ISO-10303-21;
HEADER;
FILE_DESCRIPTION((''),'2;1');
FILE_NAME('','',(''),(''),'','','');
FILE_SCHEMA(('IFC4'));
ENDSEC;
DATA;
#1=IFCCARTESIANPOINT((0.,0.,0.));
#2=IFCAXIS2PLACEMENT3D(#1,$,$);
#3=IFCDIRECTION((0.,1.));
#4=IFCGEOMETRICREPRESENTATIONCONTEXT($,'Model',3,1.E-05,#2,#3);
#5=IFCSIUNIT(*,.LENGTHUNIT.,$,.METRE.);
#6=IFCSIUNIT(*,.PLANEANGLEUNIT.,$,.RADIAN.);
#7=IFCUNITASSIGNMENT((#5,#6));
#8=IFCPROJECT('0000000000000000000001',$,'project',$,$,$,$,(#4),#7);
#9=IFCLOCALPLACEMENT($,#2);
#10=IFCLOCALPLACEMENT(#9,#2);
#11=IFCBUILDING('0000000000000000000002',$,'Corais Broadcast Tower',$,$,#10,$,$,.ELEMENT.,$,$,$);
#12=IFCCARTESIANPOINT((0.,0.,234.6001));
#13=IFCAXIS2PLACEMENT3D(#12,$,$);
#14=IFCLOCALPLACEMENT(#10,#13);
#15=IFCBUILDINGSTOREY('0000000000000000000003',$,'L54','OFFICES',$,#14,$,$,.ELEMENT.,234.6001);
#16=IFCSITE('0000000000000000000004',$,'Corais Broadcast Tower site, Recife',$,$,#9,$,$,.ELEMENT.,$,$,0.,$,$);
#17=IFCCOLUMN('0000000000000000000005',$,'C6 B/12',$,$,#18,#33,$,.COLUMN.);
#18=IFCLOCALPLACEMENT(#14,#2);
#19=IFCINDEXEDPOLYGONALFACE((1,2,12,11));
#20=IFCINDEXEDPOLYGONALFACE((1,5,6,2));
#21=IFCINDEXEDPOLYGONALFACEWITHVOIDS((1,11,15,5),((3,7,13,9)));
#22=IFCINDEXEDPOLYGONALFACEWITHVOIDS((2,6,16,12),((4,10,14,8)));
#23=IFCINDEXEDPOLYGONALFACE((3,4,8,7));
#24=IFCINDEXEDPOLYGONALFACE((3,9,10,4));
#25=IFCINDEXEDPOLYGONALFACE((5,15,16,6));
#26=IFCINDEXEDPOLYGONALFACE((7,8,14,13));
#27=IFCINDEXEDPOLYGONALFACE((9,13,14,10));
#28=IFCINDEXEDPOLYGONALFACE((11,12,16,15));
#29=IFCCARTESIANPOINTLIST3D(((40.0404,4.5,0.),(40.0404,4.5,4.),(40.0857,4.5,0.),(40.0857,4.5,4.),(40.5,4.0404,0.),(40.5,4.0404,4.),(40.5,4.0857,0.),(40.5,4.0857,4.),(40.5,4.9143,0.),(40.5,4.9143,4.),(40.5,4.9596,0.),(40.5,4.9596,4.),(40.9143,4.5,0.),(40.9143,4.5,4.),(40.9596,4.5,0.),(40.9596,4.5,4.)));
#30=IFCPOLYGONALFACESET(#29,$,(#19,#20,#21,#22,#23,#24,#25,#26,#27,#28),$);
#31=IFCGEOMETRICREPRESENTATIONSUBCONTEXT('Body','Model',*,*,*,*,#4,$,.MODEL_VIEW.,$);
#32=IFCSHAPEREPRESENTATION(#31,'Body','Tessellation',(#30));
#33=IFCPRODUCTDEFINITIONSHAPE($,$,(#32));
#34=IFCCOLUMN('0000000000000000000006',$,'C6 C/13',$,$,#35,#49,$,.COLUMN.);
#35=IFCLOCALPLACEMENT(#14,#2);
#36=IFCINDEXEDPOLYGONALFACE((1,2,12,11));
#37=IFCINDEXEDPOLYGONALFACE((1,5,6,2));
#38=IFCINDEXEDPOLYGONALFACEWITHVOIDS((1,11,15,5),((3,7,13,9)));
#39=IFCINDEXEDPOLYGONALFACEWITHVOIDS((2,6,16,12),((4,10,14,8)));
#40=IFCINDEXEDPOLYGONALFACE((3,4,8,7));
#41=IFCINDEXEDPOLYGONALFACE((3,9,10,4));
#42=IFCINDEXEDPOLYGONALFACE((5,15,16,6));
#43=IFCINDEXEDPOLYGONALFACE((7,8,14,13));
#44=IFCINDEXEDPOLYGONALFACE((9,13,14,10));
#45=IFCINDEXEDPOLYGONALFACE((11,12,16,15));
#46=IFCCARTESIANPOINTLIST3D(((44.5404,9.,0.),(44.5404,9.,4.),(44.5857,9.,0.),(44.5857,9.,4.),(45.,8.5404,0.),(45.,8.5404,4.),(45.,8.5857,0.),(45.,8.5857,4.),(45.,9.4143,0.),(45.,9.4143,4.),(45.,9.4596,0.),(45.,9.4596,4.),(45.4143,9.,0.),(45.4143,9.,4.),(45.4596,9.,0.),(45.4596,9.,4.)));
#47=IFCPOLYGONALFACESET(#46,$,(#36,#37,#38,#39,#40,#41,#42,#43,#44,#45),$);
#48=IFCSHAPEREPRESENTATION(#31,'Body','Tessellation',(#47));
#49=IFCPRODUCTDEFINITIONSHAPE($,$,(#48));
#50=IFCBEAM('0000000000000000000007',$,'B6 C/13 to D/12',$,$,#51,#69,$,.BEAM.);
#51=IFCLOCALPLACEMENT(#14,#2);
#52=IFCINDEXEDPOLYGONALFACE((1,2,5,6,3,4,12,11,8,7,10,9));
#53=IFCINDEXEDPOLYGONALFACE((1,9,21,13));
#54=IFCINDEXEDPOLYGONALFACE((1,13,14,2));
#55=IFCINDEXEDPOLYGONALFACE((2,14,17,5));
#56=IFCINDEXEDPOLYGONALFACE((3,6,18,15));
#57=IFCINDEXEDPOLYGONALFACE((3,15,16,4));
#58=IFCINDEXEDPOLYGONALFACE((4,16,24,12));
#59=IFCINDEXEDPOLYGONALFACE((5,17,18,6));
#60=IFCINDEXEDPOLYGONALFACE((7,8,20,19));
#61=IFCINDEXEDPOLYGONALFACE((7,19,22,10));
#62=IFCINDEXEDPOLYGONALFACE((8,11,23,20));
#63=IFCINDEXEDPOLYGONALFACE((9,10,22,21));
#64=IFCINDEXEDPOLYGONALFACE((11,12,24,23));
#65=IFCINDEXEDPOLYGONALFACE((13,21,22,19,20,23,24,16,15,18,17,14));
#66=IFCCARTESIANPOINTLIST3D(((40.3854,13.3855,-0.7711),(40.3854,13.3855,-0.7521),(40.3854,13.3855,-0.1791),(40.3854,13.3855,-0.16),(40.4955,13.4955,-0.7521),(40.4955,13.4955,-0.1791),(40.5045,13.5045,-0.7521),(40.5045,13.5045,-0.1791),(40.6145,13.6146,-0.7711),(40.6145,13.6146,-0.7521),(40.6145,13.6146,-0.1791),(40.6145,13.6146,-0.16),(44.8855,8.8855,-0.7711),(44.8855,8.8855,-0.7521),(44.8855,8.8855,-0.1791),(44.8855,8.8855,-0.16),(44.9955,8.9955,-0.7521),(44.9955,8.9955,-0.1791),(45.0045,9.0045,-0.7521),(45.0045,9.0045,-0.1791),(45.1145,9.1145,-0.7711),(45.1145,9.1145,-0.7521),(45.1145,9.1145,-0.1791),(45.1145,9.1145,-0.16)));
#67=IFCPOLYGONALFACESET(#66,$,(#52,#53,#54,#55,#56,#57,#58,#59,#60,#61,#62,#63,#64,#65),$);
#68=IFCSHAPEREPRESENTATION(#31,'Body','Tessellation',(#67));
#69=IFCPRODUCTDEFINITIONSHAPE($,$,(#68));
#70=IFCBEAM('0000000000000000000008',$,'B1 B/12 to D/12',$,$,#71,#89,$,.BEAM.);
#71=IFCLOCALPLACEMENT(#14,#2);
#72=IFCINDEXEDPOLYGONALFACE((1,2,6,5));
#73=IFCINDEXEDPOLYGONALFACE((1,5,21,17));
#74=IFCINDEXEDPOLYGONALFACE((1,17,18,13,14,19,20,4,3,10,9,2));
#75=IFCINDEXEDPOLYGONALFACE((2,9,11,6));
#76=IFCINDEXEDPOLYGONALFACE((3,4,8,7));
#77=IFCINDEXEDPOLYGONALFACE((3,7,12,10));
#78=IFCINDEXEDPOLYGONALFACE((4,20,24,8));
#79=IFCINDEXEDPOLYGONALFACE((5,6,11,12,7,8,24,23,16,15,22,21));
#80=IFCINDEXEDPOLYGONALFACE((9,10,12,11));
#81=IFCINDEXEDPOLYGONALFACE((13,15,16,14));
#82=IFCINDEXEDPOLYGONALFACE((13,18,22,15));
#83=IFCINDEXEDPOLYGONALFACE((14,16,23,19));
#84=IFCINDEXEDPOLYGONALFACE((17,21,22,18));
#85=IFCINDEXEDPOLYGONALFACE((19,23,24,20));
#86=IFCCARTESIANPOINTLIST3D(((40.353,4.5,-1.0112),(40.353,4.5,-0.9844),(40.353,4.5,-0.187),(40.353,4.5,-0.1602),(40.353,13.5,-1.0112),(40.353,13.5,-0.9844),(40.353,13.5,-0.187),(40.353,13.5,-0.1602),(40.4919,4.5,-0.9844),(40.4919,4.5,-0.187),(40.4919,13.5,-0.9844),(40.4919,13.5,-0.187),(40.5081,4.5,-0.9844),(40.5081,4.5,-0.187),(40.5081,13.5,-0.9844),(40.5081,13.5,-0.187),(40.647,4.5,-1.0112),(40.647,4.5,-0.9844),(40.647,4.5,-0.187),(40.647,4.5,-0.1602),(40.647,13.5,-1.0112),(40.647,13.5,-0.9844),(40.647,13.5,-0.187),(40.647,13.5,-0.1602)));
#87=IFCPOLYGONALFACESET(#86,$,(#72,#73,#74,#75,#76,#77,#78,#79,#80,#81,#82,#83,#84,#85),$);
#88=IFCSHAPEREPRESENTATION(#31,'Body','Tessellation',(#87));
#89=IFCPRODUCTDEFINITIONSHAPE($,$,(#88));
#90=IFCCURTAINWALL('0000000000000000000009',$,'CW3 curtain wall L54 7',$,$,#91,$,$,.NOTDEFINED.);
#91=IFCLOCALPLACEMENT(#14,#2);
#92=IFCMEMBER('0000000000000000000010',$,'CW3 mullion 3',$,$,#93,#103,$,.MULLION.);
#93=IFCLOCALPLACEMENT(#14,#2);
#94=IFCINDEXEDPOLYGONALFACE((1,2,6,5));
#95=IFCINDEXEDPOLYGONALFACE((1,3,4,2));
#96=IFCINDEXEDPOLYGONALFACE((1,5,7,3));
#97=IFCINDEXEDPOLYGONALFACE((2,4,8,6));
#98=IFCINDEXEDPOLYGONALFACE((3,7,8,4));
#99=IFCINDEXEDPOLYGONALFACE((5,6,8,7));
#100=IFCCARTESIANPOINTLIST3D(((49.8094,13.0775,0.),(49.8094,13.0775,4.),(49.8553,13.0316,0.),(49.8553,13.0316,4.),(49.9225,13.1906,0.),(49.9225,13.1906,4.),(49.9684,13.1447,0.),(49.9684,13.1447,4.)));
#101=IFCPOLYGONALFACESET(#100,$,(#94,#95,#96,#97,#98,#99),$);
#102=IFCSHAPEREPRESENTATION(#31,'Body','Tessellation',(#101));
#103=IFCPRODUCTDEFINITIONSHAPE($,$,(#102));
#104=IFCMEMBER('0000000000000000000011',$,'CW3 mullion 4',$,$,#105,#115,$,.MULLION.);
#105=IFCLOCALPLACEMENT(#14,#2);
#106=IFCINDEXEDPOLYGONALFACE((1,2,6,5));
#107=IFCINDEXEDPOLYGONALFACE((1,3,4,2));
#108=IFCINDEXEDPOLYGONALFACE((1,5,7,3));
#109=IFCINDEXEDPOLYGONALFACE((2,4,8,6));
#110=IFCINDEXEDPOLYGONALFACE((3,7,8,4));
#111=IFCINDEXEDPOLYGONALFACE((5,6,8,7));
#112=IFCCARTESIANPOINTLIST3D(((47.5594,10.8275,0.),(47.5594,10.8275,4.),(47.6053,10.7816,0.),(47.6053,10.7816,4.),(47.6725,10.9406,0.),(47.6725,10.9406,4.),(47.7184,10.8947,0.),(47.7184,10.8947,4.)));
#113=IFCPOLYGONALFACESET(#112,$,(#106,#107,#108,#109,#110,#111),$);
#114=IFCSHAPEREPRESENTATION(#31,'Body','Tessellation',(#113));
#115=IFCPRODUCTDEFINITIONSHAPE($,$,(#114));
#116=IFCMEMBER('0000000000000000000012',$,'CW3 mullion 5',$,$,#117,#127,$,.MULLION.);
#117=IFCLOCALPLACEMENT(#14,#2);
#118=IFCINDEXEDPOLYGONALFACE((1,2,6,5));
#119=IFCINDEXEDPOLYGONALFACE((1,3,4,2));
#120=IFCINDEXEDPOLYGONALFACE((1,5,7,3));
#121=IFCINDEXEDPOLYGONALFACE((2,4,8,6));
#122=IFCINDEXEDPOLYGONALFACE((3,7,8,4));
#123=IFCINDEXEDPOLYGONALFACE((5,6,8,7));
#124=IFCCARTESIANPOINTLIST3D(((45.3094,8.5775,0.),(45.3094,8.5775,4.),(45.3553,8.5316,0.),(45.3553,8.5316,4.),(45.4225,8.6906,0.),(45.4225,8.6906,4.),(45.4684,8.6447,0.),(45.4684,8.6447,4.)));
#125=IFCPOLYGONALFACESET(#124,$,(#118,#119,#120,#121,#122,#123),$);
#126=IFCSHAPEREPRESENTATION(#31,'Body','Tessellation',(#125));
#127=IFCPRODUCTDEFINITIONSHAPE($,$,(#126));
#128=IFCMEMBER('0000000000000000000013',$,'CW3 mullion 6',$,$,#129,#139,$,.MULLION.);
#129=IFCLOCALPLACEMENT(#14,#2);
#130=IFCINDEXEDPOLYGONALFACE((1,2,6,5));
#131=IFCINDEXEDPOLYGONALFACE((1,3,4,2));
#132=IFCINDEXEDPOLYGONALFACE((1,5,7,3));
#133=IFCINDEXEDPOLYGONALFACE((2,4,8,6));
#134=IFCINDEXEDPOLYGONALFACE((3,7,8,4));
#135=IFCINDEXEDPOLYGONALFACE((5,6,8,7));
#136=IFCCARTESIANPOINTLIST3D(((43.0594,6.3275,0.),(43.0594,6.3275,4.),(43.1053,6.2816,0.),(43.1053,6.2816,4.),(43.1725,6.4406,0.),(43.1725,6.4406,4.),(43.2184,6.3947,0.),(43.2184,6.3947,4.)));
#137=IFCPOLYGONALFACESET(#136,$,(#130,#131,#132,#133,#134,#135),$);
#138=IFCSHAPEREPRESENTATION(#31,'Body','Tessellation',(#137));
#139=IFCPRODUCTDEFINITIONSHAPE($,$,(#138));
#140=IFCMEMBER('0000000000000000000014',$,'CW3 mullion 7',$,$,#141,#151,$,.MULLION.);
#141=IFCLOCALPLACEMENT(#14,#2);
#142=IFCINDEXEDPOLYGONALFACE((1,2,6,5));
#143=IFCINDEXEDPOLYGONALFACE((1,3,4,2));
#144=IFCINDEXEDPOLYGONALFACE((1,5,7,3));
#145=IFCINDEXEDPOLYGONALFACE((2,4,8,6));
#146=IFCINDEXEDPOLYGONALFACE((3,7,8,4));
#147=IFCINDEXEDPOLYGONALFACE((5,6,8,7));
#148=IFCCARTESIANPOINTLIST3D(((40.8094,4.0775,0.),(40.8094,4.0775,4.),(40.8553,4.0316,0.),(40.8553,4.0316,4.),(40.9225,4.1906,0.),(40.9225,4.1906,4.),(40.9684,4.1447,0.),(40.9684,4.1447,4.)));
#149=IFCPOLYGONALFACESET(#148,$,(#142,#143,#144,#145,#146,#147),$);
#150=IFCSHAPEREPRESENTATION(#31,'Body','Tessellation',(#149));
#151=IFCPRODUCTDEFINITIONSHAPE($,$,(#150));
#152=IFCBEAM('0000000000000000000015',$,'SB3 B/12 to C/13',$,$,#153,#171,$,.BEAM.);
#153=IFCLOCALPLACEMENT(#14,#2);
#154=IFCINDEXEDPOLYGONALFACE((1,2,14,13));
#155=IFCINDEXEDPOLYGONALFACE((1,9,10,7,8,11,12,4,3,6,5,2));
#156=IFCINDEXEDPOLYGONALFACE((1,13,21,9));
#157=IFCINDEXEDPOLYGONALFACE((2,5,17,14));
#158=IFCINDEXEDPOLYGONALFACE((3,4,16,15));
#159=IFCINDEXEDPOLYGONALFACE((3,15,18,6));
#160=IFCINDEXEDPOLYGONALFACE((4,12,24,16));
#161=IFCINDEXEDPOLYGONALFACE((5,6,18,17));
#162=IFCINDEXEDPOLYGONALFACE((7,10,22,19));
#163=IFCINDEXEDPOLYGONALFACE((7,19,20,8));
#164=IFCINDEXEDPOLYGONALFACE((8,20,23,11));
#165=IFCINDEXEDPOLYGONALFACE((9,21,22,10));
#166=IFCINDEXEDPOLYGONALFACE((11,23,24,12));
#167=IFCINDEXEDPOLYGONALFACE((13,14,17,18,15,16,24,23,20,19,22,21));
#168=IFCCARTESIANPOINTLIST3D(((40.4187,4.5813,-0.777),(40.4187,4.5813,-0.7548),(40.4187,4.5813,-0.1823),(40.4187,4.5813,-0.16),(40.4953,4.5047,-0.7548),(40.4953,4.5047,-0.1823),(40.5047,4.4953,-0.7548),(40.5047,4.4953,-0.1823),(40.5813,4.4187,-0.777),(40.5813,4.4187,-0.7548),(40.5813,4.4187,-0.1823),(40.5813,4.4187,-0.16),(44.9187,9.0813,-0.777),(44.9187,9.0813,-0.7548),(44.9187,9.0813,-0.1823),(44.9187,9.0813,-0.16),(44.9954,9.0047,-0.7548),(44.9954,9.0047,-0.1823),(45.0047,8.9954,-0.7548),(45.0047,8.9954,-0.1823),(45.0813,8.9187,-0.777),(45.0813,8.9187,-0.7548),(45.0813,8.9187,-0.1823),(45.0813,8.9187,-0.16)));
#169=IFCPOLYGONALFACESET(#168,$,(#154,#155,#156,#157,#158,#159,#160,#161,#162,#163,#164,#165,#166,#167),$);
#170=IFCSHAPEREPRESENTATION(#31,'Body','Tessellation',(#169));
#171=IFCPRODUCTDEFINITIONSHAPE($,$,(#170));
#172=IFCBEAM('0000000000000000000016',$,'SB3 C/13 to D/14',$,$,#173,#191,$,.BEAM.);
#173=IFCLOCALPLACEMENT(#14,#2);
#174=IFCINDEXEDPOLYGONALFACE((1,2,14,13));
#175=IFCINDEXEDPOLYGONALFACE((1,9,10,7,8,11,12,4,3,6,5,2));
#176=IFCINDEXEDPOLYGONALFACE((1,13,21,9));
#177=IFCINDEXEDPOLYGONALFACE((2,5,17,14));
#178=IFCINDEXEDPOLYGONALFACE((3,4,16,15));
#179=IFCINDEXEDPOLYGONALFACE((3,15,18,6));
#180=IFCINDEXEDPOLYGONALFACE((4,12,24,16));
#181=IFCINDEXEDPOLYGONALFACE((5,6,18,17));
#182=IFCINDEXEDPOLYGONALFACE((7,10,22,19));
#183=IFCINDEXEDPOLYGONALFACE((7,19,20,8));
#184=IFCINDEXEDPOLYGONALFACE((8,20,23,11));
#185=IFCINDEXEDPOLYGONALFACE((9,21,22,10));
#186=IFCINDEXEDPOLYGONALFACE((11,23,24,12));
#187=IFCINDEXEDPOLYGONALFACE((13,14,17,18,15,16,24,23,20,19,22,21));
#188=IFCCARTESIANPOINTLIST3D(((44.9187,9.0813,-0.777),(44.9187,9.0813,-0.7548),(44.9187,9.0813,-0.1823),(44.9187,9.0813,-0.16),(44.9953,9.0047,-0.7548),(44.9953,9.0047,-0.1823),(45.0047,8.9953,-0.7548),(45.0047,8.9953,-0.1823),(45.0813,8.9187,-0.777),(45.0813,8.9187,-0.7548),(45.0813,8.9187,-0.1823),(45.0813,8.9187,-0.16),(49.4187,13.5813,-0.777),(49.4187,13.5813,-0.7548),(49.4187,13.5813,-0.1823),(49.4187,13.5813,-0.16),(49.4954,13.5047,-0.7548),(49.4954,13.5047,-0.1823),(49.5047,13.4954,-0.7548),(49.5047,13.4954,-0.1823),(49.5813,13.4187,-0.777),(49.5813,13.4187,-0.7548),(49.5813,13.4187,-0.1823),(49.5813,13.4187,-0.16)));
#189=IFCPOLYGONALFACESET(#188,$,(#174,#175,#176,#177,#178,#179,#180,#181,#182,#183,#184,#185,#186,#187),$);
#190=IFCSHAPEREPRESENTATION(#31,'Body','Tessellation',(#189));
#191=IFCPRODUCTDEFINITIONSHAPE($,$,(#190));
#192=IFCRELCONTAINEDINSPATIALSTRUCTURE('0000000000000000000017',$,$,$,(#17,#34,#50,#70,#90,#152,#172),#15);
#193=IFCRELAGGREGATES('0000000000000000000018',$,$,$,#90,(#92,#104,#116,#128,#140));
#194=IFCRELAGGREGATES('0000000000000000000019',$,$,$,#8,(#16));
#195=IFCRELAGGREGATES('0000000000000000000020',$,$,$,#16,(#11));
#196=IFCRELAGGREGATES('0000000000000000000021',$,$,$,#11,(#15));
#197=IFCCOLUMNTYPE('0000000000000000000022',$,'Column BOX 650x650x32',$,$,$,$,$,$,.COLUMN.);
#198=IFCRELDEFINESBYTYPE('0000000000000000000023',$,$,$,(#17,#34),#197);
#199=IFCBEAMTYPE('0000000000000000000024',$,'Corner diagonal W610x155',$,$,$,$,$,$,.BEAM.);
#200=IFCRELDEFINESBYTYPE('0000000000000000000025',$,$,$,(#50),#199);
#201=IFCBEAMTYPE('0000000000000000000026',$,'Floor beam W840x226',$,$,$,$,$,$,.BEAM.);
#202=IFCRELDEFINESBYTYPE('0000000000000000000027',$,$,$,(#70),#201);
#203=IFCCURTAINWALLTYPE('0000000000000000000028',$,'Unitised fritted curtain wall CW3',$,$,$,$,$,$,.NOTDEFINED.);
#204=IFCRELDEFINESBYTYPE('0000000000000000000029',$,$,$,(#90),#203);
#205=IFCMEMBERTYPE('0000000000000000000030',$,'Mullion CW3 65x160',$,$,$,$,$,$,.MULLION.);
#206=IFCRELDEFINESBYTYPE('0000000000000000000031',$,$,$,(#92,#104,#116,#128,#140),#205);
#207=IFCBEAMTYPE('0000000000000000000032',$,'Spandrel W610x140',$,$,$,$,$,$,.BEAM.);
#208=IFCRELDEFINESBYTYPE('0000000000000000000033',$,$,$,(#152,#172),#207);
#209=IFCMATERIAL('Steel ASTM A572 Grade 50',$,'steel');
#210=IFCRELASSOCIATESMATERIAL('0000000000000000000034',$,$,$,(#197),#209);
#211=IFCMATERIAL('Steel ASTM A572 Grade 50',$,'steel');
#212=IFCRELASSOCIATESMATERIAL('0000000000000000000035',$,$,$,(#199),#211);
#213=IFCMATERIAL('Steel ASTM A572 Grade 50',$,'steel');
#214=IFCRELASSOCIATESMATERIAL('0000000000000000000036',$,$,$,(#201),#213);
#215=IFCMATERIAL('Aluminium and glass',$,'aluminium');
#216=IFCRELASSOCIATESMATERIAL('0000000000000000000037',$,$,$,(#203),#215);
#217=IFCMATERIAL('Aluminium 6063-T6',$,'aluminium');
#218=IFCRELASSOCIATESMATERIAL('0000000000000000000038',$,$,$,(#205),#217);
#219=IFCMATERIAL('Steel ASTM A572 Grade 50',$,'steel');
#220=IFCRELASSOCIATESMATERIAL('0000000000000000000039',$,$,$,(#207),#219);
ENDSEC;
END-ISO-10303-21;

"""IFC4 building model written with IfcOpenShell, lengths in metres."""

from ifc_helpers import new_model, si_unit, direction, frame, origin, origin_2d, place, context, subcontext, project, spatial, rectangle, hollow_rectangle, i_section, extrude, material, material_profile, profile_set, type_object, element, aggregate, save


model = new_model("IFC4")

# Units and contexts
model_context = context("Model", 3, precision=1e-05, world=origin(), true_north=direction((0.0, 1.0)))
body_context = subcontext(model_context, "Body", "Model", "MODEL_VIEW")
ifc_project = project(units=[si_unit("LENGTHUNIT", "METRE"), si_unit("PLANEANGLEUNIT", "RADIAN")], contexts=[model_context])

# Site, building, storey
site_placement = place(None, origin())
site = spatial("IfcSite", under=ifc_project, at=site_placement, Name="Corais Broadcast Tower site, Recife", CompositionType="ELEMENT", RefElevation=0.0)
building_placement = place(site_placement, origin())
building = spatial("IfcBuilding", under=site, at=building_placement, Name="Corais Broadcast Tower", CompositionType="ELEMENT")
storey_placement = place(building_placement, frame((0.0, 0.0, 234.6001)))
storey = spatial("IfcBuildingStorey", under=building, at=storey_placement, Name="L54", Description="OFFICES", CompositionType="ELEMENT", Elevation=234.6001)

# Columns
ifc_material_1 = material(Name="Steel ASTM A572 Grade 50", Category="steel")
ifc_material_profile_1 = material_profile(ifc_material_1, hollow_rectangle(XDim=0.6499, YDim=0.6499, WallThickness=0.032, at=origin_2d()), Name="BOX 650x650x32")
ifc_profile_set_1 = profile_set([ifc_material_profile_1], Name="Steel ASTM A572 Grade 50")
column_type = type_object("IfcColumnType", Name="Column BOX 650x650x32", PredefinedType="COLUMN", material=ifc_profile_set_1)
for number, where, z_axis, x_axis, name in (
    (1, (40.5, 4.5, 0.0), (0.0, 0.0, 1.0), (0.707107, 0.707107, 0.0), "C6 B/12"),
    (2, (45.0, 9.0, 0.0), (0.0, 0.0, 1.0), (0.707107, 0.707107, 0.0), "C6 C/13"),
):
    element("IfcColumn", number, at=place(storey_placement, frame(where, z_axis=z_axis, x_axis=x_axis)), inside=storey, type_object=column_type, Name=name, PredefinedType="COLUMN", context=body_context, shape_type="SweptSolid", body=[
        extrude(hollow_rectangle(XDim=0.6499, YDim=0.6499, WallThickness=0.032, at=origin_2d()), origin(), (0.0, 0.0, 1.0), 4.0),
    ])

# Beams
ifc_material_2 = material(Name="Steel ASTM A572 Grade 50", Category="steel")
ifc_material_profile_2 = material_profile(ifc_material_2, i_section(OverallWidth=0.324, OverallDepth=0.6111, WebThickness=0.0127, FlangeThickness=0.019, at=origin_2d()), Name="W610x155")
ifc_profile_set_2 = profile_set([ifc_material_profile_2], Name="Steel ASTM A572 Grade 50")
beam_type_1 = type_object("IfcBeamType", Name="Corner diagonal W610x155", PredefinedType="BEAM", material=ifc_profile_set_2)
beam_1_placement = place(storey_placement, frame((45.0, 9.0, -0.4656), z_axis=(-0.707107, 0.707107, 0.0), x_axis=(-0.707107, -0.707107, 0.0)))
element("IfcBeam", 3, at=beam_1_placement, inside=storey, type_object=beam_type_1, Name="B6 C/13 to D/12", PredefinedType="BEAM", context=body_context, shape_type="SweptSolid", body=[
    extrude(i_section(OverallWidth=0.324, OverallDepth=0.6111, WebThickness=0.0127, FlangeThickness=0.019, at=origin_2d()), origin(), (0.0, 0.0, 1.0), 6.364),
])
ifc_material_3 = material(Name="Steel ASTM A572 Grade 50", Category="steel")
ifc_material_profile_3 = material_profile(ifc_material_3, i_section(OverallWidth=0.2939, OverallDepth=0.8511, WebThickness=0.0161, FlangeThickness=0.0269, at=origin_2d()), Name="W840x226")
ifc_profile_set_3 = profile_set([ifc_material_profile_3], Name="Steel ASTM A572 Grade 50")
beam_type_2 = type_object("IfcBeamType", Name="Floor beam W840x226", PredefinedType="BEAM", material=ifc_profile_set_3)
beam_2_placement = place(storey_placement, frame((40.5, 4.5, -0.5857), z_axis=(0.0, 1.0, 0.0), x_axis=(-1.0, 0.0, 0.0)))
element("IfcBeam", 4, at=beam_2_placement, inside=storey, type_object=beam_type_2, Name="B1 B/12 to D/12", PredefinedType="BEAM", context=body_context, shape_type="SweptSolid", body=[
    extrude(i_section(OverallWidth=0.2939, OverallDepth=0.8511, WebThickness=0.0161, FlangeThickness=0.0269, at=origin_2d()), origin(), (0.0, 0.0, 1.0), 9.0),
])

# Curtain wall, members
ifc_material_4 = material(Name="Aluminium and glass", Category="aluminium")
curtain_wall_type = type_object("IfcCurtainWallType", Name="Unitised fritted curtain wall CW3", PredefinedType="NOTDEFINED", material=ifc_material_4)
curtain_wall_placement = place(storey_placement, origin())
curtain_wall = element("IfcCurtainWall", 5, at=curtain_wall_placement, inside=storey, type_object=curtain_wall_type, Name="CW3 curtain wall L54 7", PredefinedType="NOTDEFINED")
ifc_material_5 = material(Name="Aluminium 6063-T6", Category="aluminium")
ifc_material_profile_4 = material_profile(ifc_material_5, rectangle(XDim=0.0649, YDim=0.1599, at=origin_2d()), Name="Mullion CW3 65x160")
ifc_profile_set_4 = profile_set([ifc_material_profile_4], Name="Aluminium 6063-T6")
member_type_1 = type_object("IfcMemberType", Name="Mullion CW3 65x160", PredefinedType="MULLION", material=ifc_profile_set_4)
member_1_placement = place(storey_placement, frame((49.8889, 13.1111, 0.0), z_axis=(0.0, 0.0, 1.0), x_axis=(0.707107, -0.707107, 0.0)))
member_1 = element("IfcMember", 6, at=member_1_placement, type_object=member_type_1, Name="CW3 mullion 3", PredefinedType="MULLION", context=body_context, shape_type="SweptSolid", body=[
    extrude(rectangle(XDim=0.0649, YDim=0.1599, at=origin_2d()), origin(), (0.0, 0.0, 1.0), 4.0),
])
member_2_placement = place(storey_placement, frame((47.6389, 10.8611, 0.0), z_axis=(0.0, 0.0, 1.0), x_axis=(0.707107, -0.707107, 0.0)))
member_2 = element("IfcMember", 7, at=member_2_placement, type_object=member_type_1, Name="CW3 mullion 4", PredefinedType="MULLION", context=body_context, shape_type="SweptSolid", body=[
    extrude(rectangle(XDim=0.0649, YDim=0.1599, at=origin_2d()), origin(), (0.0, 0.0, 1.0), 4.0),
])
member_3_placement = place(storey_placement, frame((45.3889, 8.6111, 0.0), z_axis=(0.0, 0.0, 1.0), x_axis=(0.707107, -0.707107, 0.0)))
member_3 = element("IfcMember", 8, at=member_3_placement, type_object=member_type_1, Name="CW3 mullion 5", PredefinedType="MULLION", context=body_context, shape_type="SweptSolid", body=[
    extrude(rectangle(XDim=0.0649, YDim=0.1599, at=origin_2d()), origin(), (0.0, 0.0, 1.0), 4.0),
])
member_4_placement = place(storey_placement, frame((43.1389, 6.3611, 0.0), z_axis=(0.0, 0.0, 1.0), x_axis=(0.707107, -0.707107, 0.0)))
member_4 = element("IfcMember", 9, at=member_4_placement, type_object=member_type_1, Name="CW3 mullion 6", PredefinedType="MULLION", context=body_context, shape_type="SweptSolid", body=[
    extrude(rectangle(XDim=0.0649, YDim=0.1599, at=origin_2d()), origin(), (0.0, 0.0, 1.0), 4.0),
])
member_5_placement = place(storey_placement, frame((40.8889, 4.1111, 0.0), z_axis=(0.0, 0.0, 1.0), x_axis=(0.707107, -0.707107, 0.0)))
member_5 = element("IfcMember", 10, at=member_5_placement, type_object=member_type_1, Name="CW3 mullion 7", PredefinedType="MULLION", context=body_context, shape_type="SweptSolid", body=[
    extrude(rectangle(XDim=0.0649, YDim=0.1599, at=origin_2d()), origin(), (0.0, 0.0, 1.0), 4.0),
])

# Beams
ifc_material_6 = material(Name="Steel ASTM A572 Grade 50", Category="steel")
ifc_material_profile_5 = material_profile(ifc_material_6, i_section(OverallWidth=0.23, OverallDepth=0.6169, WebThickness=0.0132, FlangeThickness=0.0222, at=origin_2d()), Name="W610x140")
ifc_profile_set_5 = profile_set([ifc_material_profile_5], Name="Steel ASTM A572 Grade 50")
beam_type_3 = type_object("IfcBeamType", Name="Spandrel W610x140", PredefinedType="BEAM", material=ifc_profile_set_5)
for number, where, z_axis, x_axis, name in (
    (11, (40.5, 4.5, -0.4685), (0.707107, 0.707107, 0.0), (-0.707107, 0.707107, 0.0), "SB3 B/12 to C/13"),
    (12, (45.0, 9.0, -0.4685), (0.707107, 0.707107, 0.0), (-0.707107, 0.707107, 0.0), "SB3 C/13 to D/14"),
):
    element("IfcBeam", number, at=place(storey_placement, frame(where, z_axis=z_axis, x_axis=x_axis)), inside=storey, type_object=beam_type_3, Name=name, PredefinedType="BEAM", context=body_context, shape_type="SweptSolid", body=[
        extrude(i_section(OverallWidth=0.23, OverallDepth=0.6169, WebThickness=0.0132, FlangeThickness=0.0222, at=origin_2d()), origin(), (0.0, 0.0, 1.0), 6.364),
    ])

aggregate(curtain_wall, [member_1, member_2, member_3, member_4, member_5])

save(model, "model.ifc")
